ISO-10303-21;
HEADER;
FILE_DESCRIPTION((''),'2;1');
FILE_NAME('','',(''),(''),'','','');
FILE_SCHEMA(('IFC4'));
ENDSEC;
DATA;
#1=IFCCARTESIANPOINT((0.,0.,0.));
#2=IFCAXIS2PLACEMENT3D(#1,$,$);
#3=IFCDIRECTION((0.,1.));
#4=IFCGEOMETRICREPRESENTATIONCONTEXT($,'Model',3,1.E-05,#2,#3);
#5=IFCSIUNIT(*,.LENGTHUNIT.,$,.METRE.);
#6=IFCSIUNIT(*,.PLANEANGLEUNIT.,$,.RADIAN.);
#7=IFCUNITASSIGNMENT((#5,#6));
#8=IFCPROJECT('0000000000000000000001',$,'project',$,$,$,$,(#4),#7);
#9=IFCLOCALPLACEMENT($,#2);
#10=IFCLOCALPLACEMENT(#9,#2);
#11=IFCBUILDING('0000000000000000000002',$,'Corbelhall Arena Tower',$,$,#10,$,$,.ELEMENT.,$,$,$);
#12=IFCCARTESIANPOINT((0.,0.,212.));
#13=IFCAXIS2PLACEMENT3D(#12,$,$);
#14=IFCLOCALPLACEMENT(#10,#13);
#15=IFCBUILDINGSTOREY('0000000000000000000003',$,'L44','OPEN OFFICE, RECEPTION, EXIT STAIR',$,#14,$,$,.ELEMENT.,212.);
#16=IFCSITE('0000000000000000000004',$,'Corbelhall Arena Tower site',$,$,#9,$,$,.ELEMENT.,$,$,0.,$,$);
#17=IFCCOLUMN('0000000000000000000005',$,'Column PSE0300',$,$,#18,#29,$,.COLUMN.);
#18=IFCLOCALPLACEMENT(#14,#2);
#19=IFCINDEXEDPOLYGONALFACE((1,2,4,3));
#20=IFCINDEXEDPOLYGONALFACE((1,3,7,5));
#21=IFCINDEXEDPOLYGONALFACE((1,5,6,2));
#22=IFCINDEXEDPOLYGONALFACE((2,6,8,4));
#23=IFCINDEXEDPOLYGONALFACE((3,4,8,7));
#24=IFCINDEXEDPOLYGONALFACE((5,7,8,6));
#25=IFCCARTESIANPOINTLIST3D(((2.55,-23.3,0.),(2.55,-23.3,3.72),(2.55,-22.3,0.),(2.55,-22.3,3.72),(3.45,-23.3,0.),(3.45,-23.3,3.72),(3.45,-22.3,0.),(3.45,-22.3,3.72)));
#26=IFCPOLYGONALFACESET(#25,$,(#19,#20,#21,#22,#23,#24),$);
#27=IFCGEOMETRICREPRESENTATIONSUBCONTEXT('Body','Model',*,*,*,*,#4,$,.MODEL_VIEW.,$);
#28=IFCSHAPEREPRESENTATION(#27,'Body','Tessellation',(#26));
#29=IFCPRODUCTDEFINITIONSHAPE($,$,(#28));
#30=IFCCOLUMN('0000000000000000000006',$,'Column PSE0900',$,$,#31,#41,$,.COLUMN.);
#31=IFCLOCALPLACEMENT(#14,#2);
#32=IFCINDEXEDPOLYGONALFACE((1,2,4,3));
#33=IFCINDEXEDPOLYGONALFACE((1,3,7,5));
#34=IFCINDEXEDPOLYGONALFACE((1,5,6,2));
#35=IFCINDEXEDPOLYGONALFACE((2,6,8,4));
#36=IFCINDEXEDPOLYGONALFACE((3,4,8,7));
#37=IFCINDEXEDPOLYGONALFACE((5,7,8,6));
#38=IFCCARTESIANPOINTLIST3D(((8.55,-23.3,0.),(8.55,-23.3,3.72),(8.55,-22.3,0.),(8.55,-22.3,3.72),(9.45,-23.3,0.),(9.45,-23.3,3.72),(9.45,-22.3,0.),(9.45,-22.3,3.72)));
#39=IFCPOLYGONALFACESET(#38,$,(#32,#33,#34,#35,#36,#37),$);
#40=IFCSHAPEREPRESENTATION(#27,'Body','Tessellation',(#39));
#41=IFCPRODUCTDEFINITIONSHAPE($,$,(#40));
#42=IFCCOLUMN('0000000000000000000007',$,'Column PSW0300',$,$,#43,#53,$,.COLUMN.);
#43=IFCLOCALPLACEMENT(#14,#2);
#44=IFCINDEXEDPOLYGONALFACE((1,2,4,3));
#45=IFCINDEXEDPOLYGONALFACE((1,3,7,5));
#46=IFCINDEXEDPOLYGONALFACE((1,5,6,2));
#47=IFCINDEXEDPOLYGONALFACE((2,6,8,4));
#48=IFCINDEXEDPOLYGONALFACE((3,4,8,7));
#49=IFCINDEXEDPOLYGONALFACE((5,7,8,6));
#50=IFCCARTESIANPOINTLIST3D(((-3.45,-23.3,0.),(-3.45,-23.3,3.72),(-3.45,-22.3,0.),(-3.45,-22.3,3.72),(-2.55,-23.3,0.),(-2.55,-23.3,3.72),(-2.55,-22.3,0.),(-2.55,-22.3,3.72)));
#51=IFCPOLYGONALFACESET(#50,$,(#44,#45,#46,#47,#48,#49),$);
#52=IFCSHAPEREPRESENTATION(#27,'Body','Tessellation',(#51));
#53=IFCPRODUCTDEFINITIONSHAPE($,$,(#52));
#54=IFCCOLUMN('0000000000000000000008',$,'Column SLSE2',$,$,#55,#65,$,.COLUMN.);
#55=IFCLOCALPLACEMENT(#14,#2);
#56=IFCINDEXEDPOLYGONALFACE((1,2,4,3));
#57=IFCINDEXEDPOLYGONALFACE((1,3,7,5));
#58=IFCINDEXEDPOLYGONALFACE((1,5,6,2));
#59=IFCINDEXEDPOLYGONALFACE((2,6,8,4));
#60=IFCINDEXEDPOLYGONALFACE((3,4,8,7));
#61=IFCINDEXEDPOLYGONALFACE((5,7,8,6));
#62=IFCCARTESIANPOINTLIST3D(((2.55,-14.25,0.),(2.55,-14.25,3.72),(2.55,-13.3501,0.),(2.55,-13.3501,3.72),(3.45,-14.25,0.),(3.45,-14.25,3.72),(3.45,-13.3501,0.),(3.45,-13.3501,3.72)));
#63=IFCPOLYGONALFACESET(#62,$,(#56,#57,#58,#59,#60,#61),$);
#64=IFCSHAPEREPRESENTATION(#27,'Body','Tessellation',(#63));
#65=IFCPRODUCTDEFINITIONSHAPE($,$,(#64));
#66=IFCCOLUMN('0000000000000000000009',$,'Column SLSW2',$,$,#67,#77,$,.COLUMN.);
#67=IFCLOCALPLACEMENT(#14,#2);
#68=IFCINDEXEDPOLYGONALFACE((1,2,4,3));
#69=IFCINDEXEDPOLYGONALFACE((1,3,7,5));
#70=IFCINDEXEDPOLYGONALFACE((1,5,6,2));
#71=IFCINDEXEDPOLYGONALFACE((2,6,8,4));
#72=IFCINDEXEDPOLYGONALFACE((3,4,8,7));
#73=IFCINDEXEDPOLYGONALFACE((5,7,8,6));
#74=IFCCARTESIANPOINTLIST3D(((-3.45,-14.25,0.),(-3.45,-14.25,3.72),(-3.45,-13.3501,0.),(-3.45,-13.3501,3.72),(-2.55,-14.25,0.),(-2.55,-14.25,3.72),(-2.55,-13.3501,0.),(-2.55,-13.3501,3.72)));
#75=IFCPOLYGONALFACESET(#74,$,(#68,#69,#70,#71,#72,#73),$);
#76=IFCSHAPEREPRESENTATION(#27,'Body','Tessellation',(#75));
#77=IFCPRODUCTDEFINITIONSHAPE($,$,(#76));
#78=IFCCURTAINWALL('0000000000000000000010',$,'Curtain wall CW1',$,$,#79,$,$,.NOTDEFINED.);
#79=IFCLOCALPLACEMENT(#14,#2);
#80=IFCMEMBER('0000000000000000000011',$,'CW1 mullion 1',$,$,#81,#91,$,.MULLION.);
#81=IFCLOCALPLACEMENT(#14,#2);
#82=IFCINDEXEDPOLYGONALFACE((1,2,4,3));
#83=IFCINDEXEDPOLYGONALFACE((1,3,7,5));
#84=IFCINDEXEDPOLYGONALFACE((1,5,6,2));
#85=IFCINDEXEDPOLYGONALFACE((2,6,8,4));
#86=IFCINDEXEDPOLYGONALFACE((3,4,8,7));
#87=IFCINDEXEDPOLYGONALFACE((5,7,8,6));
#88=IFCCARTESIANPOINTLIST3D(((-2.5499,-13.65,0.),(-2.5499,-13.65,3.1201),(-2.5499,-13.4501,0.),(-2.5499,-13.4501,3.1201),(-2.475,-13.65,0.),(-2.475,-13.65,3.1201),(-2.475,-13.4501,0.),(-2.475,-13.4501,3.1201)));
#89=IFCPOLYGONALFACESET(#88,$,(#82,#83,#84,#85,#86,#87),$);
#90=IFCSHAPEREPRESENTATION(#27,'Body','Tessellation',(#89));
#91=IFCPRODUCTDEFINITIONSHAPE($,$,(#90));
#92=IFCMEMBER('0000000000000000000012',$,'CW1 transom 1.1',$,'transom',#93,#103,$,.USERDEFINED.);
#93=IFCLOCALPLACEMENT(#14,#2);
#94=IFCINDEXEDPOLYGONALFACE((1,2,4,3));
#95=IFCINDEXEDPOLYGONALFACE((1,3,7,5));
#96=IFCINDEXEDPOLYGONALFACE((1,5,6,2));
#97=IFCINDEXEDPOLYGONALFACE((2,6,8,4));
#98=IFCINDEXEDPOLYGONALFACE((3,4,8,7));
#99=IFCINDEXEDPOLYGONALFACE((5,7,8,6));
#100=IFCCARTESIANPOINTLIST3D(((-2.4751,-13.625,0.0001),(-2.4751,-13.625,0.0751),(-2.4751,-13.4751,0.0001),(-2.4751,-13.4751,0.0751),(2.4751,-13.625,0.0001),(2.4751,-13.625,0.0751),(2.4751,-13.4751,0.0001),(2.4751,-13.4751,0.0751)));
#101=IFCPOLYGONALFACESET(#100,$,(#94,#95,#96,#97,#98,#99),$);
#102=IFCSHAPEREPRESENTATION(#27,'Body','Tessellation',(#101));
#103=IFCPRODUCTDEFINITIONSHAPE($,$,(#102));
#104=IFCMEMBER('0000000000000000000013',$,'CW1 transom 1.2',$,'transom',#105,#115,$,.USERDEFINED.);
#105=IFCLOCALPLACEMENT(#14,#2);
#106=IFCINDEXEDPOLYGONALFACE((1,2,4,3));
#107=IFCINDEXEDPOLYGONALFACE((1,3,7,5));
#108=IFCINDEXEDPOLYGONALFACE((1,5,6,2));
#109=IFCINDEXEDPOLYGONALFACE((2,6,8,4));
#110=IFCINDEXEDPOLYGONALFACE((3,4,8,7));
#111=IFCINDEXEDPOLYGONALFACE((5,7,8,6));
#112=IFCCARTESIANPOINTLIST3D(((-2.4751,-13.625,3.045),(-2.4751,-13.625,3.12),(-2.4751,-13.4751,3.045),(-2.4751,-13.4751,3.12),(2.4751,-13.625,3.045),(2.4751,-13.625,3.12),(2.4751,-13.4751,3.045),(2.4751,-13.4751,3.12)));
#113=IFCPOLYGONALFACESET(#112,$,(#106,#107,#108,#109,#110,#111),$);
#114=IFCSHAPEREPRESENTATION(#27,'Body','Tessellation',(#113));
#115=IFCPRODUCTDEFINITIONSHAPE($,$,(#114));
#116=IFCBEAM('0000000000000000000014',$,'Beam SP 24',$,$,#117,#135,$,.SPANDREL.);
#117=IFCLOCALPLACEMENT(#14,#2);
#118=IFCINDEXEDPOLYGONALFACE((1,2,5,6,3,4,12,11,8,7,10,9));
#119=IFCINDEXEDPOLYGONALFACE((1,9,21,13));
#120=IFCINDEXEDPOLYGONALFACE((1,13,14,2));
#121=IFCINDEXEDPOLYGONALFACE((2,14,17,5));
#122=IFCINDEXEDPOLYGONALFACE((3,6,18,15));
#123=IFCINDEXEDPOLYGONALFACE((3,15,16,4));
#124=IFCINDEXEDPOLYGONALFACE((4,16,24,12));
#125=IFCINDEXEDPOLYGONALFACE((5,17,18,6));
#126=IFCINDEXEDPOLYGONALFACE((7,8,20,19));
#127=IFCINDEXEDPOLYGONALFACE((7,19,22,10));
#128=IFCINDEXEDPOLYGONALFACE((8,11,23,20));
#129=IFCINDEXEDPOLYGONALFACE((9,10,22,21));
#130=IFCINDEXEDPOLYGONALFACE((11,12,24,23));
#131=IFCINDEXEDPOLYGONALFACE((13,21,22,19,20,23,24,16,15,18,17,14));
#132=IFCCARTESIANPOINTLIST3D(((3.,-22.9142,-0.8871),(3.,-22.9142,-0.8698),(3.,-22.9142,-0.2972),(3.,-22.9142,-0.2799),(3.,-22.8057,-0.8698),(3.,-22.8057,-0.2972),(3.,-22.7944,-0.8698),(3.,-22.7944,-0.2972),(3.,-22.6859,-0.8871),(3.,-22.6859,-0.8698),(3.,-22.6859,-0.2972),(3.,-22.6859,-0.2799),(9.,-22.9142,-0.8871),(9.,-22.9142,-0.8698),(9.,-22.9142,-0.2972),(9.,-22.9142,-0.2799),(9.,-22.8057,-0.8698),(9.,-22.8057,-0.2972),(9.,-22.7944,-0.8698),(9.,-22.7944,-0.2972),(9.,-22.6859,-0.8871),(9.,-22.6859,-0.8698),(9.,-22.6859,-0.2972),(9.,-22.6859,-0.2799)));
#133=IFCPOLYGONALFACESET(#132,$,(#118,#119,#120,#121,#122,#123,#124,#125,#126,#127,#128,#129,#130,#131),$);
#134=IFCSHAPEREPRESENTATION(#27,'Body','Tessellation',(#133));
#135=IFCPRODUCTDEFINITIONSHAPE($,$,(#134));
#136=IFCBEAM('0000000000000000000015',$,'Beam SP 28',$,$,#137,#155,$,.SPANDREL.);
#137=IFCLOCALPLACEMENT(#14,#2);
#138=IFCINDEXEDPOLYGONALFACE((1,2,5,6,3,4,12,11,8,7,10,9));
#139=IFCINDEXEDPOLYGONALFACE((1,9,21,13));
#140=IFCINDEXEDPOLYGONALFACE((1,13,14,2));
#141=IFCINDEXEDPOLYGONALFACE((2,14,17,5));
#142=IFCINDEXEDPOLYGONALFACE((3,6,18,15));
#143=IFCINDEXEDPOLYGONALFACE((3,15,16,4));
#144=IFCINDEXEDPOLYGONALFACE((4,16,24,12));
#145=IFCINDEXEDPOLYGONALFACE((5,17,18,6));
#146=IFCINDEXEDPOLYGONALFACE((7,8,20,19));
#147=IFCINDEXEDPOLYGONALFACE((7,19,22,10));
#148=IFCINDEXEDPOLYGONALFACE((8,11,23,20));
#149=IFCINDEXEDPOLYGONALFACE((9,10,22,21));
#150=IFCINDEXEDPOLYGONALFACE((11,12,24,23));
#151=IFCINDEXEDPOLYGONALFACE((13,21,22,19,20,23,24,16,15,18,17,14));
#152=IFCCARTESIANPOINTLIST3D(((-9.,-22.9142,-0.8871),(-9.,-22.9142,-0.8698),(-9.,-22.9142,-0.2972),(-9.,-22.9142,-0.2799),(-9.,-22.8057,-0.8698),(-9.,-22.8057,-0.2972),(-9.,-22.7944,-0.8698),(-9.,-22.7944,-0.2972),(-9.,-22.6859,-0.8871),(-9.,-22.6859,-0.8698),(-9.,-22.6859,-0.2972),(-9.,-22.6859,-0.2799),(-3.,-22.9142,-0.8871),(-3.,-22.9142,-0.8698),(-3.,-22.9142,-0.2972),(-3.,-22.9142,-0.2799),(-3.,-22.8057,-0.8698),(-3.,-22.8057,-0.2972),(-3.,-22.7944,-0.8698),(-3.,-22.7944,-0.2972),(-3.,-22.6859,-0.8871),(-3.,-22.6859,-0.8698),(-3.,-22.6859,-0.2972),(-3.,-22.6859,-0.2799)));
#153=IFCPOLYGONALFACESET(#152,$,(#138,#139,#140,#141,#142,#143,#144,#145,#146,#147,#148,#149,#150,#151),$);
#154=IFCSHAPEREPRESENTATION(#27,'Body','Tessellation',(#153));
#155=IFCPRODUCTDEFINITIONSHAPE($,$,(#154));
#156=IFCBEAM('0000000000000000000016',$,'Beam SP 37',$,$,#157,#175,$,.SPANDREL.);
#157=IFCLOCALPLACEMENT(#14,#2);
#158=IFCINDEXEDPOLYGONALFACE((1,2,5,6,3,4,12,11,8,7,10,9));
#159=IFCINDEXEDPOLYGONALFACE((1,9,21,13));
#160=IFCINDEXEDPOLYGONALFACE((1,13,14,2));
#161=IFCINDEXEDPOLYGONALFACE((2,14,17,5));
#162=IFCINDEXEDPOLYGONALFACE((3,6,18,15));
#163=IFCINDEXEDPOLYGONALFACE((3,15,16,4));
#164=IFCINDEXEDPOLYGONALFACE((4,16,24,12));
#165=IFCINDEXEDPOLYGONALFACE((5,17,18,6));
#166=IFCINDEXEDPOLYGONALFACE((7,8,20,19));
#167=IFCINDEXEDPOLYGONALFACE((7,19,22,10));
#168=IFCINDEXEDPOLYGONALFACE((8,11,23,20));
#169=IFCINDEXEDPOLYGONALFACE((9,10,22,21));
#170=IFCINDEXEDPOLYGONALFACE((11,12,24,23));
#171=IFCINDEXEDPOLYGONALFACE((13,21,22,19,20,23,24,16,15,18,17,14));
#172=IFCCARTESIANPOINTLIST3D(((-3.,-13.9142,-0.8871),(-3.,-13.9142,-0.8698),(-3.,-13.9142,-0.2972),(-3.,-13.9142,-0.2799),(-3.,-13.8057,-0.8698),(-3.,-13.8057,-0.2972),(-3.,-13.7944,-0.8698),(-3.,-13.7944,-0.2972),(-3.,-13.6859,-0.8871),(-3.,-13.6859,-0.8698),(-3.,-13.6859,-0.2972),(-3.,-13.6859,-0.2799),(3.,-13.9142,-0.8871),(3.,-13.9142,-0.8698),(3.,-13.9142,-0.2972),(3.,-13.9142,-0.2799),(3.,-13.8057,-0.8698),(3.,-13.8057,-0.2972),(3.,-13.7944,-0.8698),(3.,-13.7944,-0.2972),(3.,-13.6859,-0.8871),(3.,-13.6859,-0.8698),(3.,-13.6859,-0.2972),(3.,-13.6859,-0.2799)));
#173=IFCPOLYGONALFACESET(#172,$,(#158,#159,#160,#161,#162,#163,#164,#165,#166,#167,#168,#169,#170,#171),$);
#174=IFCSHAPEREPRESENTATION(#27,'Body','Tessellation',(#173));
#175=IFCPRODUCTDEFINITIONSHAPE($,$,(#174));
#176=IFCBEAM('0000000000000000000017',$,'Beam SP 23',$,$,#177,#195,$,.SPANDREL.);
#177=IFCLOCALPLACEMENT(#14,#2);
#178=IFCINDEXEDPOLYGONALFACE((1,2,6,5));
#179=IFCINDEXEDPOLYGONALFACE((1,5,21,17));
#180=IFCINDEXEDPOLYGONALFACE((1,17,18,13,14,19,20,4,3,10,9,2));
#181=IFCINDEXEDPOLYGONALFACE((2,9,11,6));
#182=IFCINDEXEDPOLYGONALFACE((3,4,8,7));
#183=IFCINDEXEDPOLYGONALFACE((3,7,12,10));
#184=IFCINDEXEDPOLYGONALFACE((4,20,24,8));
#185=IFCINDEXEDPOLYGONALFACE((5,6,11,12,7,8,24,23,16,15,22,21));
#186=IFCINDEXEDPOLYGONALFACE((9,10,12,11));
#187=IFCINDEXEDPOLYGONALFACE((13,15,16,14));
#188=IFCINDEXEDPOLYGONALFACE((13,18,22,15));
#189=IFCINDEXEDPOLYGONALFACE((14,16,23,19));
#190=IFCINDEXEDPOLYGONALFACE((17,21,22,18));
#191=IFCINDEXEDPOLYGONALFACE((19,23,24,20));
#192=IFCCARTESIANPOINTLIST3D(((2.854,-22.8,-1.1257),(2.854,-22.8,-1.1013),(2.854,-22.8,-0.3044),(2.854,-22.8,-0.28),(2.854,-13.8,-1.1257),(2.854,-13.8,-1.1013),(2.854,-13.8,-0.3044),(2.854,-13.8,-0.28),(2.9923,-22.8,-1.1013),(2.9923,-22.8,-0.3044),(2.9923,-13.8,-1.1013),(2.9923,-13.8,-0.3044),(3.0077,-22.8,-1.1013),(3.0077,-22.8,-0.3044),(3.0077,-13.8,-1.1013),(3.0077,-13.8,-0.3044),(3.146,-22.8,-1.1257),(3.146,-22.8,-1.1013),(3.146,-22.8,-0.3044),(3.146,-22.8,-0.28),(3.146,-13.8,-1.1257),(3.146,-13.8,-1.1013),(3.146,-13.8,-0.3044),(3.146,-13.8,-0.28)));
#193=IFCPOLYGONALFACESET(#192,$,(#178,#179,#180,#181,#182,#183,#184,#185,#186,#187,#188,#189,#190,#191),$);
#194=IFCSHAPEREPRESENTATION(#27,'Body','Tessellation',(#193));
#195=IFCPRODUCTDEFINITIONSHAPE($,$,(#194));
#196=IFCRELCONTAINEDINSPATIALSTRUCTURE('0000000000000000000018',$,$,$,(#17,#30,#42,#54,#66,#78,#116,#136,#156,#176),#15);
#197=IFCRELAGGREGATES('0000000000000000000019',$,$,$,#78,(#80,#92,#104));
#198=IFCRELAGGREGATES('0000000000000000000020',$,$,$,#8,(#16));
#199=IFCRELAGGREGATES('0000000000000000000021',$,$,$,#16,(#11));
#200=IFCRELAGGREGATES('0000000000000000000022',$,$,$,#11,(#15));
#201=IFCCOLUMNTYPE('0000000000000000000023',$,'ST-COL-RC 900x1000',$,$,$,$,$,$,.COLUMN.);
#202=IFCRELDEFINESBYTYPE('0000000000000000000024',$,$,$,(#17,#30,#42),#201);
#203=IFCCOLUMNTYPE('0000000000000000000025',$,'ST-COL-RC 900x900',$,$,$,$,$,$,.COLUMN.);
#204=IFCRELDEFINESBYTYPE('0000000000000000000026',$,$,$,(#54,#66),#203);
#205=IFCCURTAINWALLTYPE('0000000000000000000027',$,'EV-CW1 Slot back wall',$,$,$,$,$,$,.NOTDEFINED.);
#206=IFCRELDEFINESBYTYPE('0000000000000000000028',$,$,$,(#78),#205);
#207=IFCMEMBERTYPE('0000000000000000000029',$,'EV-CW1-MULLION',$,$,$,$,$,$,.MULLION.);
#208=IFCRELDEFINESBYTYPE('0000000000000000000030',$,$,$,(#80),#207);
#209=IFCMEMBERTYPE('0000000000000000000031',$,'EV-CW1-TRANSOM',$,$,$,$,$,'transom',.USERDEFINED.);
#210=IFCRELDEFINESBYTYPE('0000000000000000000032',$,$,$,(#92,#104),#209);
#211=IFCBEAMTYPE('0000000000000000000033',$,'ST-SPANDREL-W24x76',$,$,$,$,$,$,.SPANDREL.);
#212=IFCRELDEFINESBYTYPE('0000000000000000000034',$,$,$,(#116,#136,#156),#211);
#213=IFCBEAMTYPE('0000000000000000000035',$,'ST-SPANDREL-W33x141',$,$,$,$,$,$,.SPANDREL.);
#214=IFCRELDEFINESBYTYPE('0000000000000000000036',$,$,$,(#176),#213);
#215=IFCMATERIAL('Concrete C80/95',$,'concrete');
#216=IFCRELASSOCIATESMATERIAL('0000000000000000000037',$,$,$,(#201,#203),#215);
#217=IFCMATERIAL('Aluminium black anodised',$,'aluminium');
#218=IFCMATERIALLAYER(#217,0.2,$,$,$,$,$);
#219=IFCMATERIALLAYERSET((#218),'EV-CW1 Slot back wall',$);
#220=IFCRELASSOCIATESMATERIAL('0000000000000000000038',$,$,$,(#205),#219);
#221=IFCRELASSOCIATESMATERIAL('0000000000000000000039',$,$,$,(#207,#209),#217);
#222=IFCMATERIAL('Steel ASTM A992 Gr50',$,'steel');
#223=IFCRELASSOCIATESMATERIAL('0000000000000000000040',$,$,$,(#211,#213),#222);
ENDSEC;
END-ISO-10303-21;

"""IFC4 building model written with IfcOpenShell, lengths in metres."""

from ifc_helpers import new_model, si_unit, direction, frame, origin, origin_2d, place, context, subcontext, project, spatial, rectangle, i_section, extrude, material, layer, layer_set, material_profile, profile_set, type_object, element, aggregate, save


model = new_model("IFC4")

# Units and contexts
model_context = context("Model", 3, precision=1e-05, world=origin(), true_north=direction((0.0, 1.0)))
body_context = subcontext(model_context, "Body", "Model", "MODEL_VIEW")
ifc_project = project(units=[si_unit("LENGTHUNIT", "METRE"), si_unit("PLANEANGLEUNIT", "RADIAN")], contexts=[model_context])

# Site, building, storey
site_placement = place(None, origin())
site = spatial("IfcSite", under=ifc_project, at=site_placement, Name="Corbelhall Arena Tower site", CompositionType="ELEMENT", RefElevation=0.0)
building_placement = place(site_placement, origin())
building = spatial("IfcBuilding", under=site, at=building_placement, Name="Corbelhall Arena Tower", CompositionType="ELEMENT")
storey_placement = place(building_placement, frame((0.0, 0.0, 212.0)))
storey = spatial("IfcBuildingStorey", under=building, at=storey_placement, Name="L44", Description="OPEN OFFICE, RECEPTION, EXIT STAIR", CompositionType="ELEMENT", Elevation=212.0)

# Columns
ifc_material_1 = material(Name="Concrete C80/95", Category="concrete")
ifc_material_profile_1 = material_profile(ifc_material_1, rectangle(XDim=0.8999, YDim=1.0, at=origin_2d()))
ifc_profile_set_1 = profile_set([ifc_material_profile_1], Name="Concrete C80/95")
column_type_1 = type_object("IfcColumnType", Name="ST-COL-RC 900x1000", PredefinedType="COLUMN", material=ifc_profile_set_1)
for number, where, z_axis, x_axis, name in (
    (1, (3.0, -22.8, 0.0), (0.0, 0.0, 1.0), (1.0, 0.0, 0.0), "Column PSE0300"),
    (2, (9.0, -22.8, 0.0), (0.0, 0.0, 1.0), (1.0, 0.0, 0.0), "Column PSE0900"),
    (3, (-3.0, -22.8, 0.0), (0.0, 0.0, 1.0), (1.0, 0.0, 0.0), "Column PSW0300"),
):
    element("IfcColumn", number, at=place(storey_placement, frame(where, z_axis=z_axis, x_axis=x_axis)), inside=storey, type_object=column_type_1, Name=name, PredefinedType="COLUMN", context=body_context, shape_type="SweptSolid", body=[
        extrude(rectangle(XDim=0.8999, YDim=1.0, at=origin_2d()), origin(), (0.0, 0.0, 1.0), 3.72),
    ])
ifc_material_profile_2 = material_profile(ifc_material_1, rectangle(XDim=0.8999, YDim=0.8999, at=origin_2d()))
ifc_profile_set_2 = profile_set([ifc_material_profile_2], Name="Concrete C80/95")
column_type_2 = type_object("IfcColumnType", Name="ST-COL-RC 900x900", PredefinedType="COLUMN", material=ifc_profile_set_2)
for number, where, z_axis, x_axis, name in (
    (4, (3.0, -13.8, 0.0), (0.0, 0.0, 1.0), (1.0, 0.0, 0.0), "Column SLSE2"),
    (5, (-3.0, -13.8, 0.0), (0.0, 0.0, 1.0), (1.0, 0.0, 0.0), "Column SLSW2"),
):
    element("IfcColumn", number, at=place(storey_placement, frame(where, z_axis=z_axis, x_axis=x_axis)), inside=storey, type_object=column_type_2, Name=name, PredefinedType="COLUMN", context=body_context, shape_type="SweptSolid", body=[
        extrude(rectangle(XDim=0.8999, YDim=0.8999, at=origin_2d()), origin(), (0.0, 0.0, 1.0), 3.72),
    ])

# Curtain wall, members
ifc_material_2 = material(Name="Aluminium black anodised", Category="aluminium")
ifc_layer_1 = layer(ifc_material_2, 0.2)
ifc_layer_set_1 = layer_set([ifc_layer_1], Name="EV-CW1 Slot back wall")
curtain_wall_type = type_object("IfcCurtainWallType", Name="EV-CW1 Slot back wall", PredefinedType="NOTDEFINED", material=ifc_layer_set_1)
curtain_wall_placement = place(storey_placement, origin())
curtain_wall = element("IfcCurtainWall", 6, at=curtain_wall_placement, inside=storey, type_object=curtain_wall_type, Name="Curtain wall CW1", PredefinedType="NOTDEFINED")
ifc_material_profile_3 = material_profile(ifc_material_2, rectangle(XDim=0.2, YDim=0.075, at=origin_2d()))
ifc_profile_set_3 = profile_set([ifc_material_profile_3], Name="Aluminium black anodised")
member_type_1 = type_object("IfcMemberType", Name="EV-CW1-MULLION", PredefinedType="MULLION", material=ifc_profile_set_3)
member_1_placement = place(storey_placement, frame((-2.5125, -13.55, 0.0), z_axis=(0.0, 0.0, 1.0), x_axis=(0.0, 1.0, 0.0)))
member_1 = element("IfcMember", 7, at=member_1_placement, type_object=member_type_1, Name="CW1 mullion 1", PredefinedType="MULLION", context=body_context, shape_type="SweptSolid", body=[
    extrude(rectangle(XDim=0.2, YDim=0.075, at=origin_2d()), origin(), (0.0, 0.0, 1.0), 3.1201),
])
ifc_material_profile_4 = material_profile(ifc_material_2, rectangle(XDim=0.1499, YDim=0.075, at=origin_2d()))
ifc_profile_set_4 = profile_set([ifc_material_profile_4], Name="Aluminium black anodised")
member_type_2 = type_object("IfcMemberType", Name="EV-CW1-TRANSOM", ElementType="transom", PredefinedType="USERDEFINED", material=ifc_profile_set_4)
member_2_placement = place(storey_placement, frame((-2.4751, -13.55, 0.0376), z_axis=(1.0, 0.0, 0.0), x_axis=(0.0, 1.0, 0.0)))
member_2 = element("IfcMember", 8, at=member_2_placement, type_object=member_type_2, Name="CW1 transom 1.1", ObjectType="transom", PredefinedType="USERDEFINED", context=body_context, shape_type="SweptSolid", body=[
    extrude(rectangle(XDim=0.1499, YDim=0.075, at=origin_2d()), origin(), (0.0, 0.0, 1.0), 4.9502),
])
member_3_placement = place(storey_placement, frame((-2.4751, -13.55, 3.0825), z_axis=(1.0, 0.0, 0.0), x_axis=(0.0, 1.0, 0.0)))
member_3 = element("IfcMember", 9, at=member_3_placement, type_object=member_type_2, Name="CW1 transom 1.2", ObjectType="transom", PredefinedType="USERDEFINED", context=body_context, shape_type="SweptSolid", body=[
    extrude(rectangle(XDim=0.1499, YDim=0.075, at=origin_2d()), origin(), (0.0, 0.0, 1.0), 4.9502),
])

# Beams
ifc_material_3 = material(Name="Steel ASTM A992 Gr50", Category="steel")
ifc_material_profile_5 = material_profile(ifc_material_3, i_section(OverallWidth=0.2283, OverallDepth=0.6072, WebThickness=0.0112, FlangeThickness=0.0173, at=origin_2d()))
ifc_profile_set_5 = profile_set([ifc_material_profile_5], Name="Steel ASTM A992 Gr50")
beam_type_1 = type_object("IfcBeamType", Name="ST-SPANDREL-W24x76", PredefinedType="SPANDREL", material=ifc_profile_set_5)
for number, where, z_axis, x_axis, name in (
    (10, (9.0, -22.8, -0.5835), (-1.0, 0.0, 0.0), (0.0, -1.0, 0.0), "Beam SP 24"),
    (11, (-3.0, -22.8, -0.5835), (-1.0, 0.0, 0.0), (0.0, -1.0, 0.0), "Beam SP 28"),
    (12, (3.0, -13.8, -0.5835), (-1.0, 0.0, 0.0), (0.0, -1.0, 0.0), "Beam SP 37"),
):
    element("IfcBeam", number, at=place(storey_placement, frame(where, z_axis=z_axis, x_axis=x_axis)), inside=storey, type_object=beam_type_1, Name=name, PredefinedType="SPANDREL", context=body_context, shape_type="SweptSolid", body=[
        extrude(i_section(OverallWidth=0.2283, OverallDepth=0.6072, WebThickness=0.0112, FlangeThickness=0.0173, at=origin_2d()), origin(), (0.0, 0.0, 1.0), 6.0),
    ])
ifc_material_profile_6 = material_profile(ifc_material_3, i_section(OverallWidth=0.292, OverallDepth=0.8457, WebThickness=0.0154, FlangeThickness=0.0244, at=origin_2d()))
ifc_profile_set_6 = profile_set([ifc_material_profile_6], Name="Steel ASTM A992 Gr50")
beam_type_2 = type_object("IfcBeamType", Name="ST-SPANDREL-W33x141", PredefinedType="SPANDREL", material=ifc_profile_set_6)
for number, where, z_axis, x_axis, name in (
    (13, (3.0, -22.8, -0.7029), (0.0, 1.0, 0.0), (-1.0, 0.0, 0.0), "Beam SP 23"),
):
    element("IfcBeam", number, at=place(storey_placement, frame(where, z_axis=z_axis, x_axis=x_axis)), inside=storey, type_object=beam_type_2, Name=name, PredefinedType="SPANDREL", context=body_context, shape_type="SweptSolid", body=[
        extrude(i_section(OverallWidth=0.292, OverallDepth=0.8457, WebThickness=0.0154, FlangeThickness=0.0244, at=origin_2d()), origin(), (0.0, 0.0, 1.0), 9.0),
    ])

aggregate(curtain_wall, [member_1, member_2, member_3])

save(model, "model.ifc")
